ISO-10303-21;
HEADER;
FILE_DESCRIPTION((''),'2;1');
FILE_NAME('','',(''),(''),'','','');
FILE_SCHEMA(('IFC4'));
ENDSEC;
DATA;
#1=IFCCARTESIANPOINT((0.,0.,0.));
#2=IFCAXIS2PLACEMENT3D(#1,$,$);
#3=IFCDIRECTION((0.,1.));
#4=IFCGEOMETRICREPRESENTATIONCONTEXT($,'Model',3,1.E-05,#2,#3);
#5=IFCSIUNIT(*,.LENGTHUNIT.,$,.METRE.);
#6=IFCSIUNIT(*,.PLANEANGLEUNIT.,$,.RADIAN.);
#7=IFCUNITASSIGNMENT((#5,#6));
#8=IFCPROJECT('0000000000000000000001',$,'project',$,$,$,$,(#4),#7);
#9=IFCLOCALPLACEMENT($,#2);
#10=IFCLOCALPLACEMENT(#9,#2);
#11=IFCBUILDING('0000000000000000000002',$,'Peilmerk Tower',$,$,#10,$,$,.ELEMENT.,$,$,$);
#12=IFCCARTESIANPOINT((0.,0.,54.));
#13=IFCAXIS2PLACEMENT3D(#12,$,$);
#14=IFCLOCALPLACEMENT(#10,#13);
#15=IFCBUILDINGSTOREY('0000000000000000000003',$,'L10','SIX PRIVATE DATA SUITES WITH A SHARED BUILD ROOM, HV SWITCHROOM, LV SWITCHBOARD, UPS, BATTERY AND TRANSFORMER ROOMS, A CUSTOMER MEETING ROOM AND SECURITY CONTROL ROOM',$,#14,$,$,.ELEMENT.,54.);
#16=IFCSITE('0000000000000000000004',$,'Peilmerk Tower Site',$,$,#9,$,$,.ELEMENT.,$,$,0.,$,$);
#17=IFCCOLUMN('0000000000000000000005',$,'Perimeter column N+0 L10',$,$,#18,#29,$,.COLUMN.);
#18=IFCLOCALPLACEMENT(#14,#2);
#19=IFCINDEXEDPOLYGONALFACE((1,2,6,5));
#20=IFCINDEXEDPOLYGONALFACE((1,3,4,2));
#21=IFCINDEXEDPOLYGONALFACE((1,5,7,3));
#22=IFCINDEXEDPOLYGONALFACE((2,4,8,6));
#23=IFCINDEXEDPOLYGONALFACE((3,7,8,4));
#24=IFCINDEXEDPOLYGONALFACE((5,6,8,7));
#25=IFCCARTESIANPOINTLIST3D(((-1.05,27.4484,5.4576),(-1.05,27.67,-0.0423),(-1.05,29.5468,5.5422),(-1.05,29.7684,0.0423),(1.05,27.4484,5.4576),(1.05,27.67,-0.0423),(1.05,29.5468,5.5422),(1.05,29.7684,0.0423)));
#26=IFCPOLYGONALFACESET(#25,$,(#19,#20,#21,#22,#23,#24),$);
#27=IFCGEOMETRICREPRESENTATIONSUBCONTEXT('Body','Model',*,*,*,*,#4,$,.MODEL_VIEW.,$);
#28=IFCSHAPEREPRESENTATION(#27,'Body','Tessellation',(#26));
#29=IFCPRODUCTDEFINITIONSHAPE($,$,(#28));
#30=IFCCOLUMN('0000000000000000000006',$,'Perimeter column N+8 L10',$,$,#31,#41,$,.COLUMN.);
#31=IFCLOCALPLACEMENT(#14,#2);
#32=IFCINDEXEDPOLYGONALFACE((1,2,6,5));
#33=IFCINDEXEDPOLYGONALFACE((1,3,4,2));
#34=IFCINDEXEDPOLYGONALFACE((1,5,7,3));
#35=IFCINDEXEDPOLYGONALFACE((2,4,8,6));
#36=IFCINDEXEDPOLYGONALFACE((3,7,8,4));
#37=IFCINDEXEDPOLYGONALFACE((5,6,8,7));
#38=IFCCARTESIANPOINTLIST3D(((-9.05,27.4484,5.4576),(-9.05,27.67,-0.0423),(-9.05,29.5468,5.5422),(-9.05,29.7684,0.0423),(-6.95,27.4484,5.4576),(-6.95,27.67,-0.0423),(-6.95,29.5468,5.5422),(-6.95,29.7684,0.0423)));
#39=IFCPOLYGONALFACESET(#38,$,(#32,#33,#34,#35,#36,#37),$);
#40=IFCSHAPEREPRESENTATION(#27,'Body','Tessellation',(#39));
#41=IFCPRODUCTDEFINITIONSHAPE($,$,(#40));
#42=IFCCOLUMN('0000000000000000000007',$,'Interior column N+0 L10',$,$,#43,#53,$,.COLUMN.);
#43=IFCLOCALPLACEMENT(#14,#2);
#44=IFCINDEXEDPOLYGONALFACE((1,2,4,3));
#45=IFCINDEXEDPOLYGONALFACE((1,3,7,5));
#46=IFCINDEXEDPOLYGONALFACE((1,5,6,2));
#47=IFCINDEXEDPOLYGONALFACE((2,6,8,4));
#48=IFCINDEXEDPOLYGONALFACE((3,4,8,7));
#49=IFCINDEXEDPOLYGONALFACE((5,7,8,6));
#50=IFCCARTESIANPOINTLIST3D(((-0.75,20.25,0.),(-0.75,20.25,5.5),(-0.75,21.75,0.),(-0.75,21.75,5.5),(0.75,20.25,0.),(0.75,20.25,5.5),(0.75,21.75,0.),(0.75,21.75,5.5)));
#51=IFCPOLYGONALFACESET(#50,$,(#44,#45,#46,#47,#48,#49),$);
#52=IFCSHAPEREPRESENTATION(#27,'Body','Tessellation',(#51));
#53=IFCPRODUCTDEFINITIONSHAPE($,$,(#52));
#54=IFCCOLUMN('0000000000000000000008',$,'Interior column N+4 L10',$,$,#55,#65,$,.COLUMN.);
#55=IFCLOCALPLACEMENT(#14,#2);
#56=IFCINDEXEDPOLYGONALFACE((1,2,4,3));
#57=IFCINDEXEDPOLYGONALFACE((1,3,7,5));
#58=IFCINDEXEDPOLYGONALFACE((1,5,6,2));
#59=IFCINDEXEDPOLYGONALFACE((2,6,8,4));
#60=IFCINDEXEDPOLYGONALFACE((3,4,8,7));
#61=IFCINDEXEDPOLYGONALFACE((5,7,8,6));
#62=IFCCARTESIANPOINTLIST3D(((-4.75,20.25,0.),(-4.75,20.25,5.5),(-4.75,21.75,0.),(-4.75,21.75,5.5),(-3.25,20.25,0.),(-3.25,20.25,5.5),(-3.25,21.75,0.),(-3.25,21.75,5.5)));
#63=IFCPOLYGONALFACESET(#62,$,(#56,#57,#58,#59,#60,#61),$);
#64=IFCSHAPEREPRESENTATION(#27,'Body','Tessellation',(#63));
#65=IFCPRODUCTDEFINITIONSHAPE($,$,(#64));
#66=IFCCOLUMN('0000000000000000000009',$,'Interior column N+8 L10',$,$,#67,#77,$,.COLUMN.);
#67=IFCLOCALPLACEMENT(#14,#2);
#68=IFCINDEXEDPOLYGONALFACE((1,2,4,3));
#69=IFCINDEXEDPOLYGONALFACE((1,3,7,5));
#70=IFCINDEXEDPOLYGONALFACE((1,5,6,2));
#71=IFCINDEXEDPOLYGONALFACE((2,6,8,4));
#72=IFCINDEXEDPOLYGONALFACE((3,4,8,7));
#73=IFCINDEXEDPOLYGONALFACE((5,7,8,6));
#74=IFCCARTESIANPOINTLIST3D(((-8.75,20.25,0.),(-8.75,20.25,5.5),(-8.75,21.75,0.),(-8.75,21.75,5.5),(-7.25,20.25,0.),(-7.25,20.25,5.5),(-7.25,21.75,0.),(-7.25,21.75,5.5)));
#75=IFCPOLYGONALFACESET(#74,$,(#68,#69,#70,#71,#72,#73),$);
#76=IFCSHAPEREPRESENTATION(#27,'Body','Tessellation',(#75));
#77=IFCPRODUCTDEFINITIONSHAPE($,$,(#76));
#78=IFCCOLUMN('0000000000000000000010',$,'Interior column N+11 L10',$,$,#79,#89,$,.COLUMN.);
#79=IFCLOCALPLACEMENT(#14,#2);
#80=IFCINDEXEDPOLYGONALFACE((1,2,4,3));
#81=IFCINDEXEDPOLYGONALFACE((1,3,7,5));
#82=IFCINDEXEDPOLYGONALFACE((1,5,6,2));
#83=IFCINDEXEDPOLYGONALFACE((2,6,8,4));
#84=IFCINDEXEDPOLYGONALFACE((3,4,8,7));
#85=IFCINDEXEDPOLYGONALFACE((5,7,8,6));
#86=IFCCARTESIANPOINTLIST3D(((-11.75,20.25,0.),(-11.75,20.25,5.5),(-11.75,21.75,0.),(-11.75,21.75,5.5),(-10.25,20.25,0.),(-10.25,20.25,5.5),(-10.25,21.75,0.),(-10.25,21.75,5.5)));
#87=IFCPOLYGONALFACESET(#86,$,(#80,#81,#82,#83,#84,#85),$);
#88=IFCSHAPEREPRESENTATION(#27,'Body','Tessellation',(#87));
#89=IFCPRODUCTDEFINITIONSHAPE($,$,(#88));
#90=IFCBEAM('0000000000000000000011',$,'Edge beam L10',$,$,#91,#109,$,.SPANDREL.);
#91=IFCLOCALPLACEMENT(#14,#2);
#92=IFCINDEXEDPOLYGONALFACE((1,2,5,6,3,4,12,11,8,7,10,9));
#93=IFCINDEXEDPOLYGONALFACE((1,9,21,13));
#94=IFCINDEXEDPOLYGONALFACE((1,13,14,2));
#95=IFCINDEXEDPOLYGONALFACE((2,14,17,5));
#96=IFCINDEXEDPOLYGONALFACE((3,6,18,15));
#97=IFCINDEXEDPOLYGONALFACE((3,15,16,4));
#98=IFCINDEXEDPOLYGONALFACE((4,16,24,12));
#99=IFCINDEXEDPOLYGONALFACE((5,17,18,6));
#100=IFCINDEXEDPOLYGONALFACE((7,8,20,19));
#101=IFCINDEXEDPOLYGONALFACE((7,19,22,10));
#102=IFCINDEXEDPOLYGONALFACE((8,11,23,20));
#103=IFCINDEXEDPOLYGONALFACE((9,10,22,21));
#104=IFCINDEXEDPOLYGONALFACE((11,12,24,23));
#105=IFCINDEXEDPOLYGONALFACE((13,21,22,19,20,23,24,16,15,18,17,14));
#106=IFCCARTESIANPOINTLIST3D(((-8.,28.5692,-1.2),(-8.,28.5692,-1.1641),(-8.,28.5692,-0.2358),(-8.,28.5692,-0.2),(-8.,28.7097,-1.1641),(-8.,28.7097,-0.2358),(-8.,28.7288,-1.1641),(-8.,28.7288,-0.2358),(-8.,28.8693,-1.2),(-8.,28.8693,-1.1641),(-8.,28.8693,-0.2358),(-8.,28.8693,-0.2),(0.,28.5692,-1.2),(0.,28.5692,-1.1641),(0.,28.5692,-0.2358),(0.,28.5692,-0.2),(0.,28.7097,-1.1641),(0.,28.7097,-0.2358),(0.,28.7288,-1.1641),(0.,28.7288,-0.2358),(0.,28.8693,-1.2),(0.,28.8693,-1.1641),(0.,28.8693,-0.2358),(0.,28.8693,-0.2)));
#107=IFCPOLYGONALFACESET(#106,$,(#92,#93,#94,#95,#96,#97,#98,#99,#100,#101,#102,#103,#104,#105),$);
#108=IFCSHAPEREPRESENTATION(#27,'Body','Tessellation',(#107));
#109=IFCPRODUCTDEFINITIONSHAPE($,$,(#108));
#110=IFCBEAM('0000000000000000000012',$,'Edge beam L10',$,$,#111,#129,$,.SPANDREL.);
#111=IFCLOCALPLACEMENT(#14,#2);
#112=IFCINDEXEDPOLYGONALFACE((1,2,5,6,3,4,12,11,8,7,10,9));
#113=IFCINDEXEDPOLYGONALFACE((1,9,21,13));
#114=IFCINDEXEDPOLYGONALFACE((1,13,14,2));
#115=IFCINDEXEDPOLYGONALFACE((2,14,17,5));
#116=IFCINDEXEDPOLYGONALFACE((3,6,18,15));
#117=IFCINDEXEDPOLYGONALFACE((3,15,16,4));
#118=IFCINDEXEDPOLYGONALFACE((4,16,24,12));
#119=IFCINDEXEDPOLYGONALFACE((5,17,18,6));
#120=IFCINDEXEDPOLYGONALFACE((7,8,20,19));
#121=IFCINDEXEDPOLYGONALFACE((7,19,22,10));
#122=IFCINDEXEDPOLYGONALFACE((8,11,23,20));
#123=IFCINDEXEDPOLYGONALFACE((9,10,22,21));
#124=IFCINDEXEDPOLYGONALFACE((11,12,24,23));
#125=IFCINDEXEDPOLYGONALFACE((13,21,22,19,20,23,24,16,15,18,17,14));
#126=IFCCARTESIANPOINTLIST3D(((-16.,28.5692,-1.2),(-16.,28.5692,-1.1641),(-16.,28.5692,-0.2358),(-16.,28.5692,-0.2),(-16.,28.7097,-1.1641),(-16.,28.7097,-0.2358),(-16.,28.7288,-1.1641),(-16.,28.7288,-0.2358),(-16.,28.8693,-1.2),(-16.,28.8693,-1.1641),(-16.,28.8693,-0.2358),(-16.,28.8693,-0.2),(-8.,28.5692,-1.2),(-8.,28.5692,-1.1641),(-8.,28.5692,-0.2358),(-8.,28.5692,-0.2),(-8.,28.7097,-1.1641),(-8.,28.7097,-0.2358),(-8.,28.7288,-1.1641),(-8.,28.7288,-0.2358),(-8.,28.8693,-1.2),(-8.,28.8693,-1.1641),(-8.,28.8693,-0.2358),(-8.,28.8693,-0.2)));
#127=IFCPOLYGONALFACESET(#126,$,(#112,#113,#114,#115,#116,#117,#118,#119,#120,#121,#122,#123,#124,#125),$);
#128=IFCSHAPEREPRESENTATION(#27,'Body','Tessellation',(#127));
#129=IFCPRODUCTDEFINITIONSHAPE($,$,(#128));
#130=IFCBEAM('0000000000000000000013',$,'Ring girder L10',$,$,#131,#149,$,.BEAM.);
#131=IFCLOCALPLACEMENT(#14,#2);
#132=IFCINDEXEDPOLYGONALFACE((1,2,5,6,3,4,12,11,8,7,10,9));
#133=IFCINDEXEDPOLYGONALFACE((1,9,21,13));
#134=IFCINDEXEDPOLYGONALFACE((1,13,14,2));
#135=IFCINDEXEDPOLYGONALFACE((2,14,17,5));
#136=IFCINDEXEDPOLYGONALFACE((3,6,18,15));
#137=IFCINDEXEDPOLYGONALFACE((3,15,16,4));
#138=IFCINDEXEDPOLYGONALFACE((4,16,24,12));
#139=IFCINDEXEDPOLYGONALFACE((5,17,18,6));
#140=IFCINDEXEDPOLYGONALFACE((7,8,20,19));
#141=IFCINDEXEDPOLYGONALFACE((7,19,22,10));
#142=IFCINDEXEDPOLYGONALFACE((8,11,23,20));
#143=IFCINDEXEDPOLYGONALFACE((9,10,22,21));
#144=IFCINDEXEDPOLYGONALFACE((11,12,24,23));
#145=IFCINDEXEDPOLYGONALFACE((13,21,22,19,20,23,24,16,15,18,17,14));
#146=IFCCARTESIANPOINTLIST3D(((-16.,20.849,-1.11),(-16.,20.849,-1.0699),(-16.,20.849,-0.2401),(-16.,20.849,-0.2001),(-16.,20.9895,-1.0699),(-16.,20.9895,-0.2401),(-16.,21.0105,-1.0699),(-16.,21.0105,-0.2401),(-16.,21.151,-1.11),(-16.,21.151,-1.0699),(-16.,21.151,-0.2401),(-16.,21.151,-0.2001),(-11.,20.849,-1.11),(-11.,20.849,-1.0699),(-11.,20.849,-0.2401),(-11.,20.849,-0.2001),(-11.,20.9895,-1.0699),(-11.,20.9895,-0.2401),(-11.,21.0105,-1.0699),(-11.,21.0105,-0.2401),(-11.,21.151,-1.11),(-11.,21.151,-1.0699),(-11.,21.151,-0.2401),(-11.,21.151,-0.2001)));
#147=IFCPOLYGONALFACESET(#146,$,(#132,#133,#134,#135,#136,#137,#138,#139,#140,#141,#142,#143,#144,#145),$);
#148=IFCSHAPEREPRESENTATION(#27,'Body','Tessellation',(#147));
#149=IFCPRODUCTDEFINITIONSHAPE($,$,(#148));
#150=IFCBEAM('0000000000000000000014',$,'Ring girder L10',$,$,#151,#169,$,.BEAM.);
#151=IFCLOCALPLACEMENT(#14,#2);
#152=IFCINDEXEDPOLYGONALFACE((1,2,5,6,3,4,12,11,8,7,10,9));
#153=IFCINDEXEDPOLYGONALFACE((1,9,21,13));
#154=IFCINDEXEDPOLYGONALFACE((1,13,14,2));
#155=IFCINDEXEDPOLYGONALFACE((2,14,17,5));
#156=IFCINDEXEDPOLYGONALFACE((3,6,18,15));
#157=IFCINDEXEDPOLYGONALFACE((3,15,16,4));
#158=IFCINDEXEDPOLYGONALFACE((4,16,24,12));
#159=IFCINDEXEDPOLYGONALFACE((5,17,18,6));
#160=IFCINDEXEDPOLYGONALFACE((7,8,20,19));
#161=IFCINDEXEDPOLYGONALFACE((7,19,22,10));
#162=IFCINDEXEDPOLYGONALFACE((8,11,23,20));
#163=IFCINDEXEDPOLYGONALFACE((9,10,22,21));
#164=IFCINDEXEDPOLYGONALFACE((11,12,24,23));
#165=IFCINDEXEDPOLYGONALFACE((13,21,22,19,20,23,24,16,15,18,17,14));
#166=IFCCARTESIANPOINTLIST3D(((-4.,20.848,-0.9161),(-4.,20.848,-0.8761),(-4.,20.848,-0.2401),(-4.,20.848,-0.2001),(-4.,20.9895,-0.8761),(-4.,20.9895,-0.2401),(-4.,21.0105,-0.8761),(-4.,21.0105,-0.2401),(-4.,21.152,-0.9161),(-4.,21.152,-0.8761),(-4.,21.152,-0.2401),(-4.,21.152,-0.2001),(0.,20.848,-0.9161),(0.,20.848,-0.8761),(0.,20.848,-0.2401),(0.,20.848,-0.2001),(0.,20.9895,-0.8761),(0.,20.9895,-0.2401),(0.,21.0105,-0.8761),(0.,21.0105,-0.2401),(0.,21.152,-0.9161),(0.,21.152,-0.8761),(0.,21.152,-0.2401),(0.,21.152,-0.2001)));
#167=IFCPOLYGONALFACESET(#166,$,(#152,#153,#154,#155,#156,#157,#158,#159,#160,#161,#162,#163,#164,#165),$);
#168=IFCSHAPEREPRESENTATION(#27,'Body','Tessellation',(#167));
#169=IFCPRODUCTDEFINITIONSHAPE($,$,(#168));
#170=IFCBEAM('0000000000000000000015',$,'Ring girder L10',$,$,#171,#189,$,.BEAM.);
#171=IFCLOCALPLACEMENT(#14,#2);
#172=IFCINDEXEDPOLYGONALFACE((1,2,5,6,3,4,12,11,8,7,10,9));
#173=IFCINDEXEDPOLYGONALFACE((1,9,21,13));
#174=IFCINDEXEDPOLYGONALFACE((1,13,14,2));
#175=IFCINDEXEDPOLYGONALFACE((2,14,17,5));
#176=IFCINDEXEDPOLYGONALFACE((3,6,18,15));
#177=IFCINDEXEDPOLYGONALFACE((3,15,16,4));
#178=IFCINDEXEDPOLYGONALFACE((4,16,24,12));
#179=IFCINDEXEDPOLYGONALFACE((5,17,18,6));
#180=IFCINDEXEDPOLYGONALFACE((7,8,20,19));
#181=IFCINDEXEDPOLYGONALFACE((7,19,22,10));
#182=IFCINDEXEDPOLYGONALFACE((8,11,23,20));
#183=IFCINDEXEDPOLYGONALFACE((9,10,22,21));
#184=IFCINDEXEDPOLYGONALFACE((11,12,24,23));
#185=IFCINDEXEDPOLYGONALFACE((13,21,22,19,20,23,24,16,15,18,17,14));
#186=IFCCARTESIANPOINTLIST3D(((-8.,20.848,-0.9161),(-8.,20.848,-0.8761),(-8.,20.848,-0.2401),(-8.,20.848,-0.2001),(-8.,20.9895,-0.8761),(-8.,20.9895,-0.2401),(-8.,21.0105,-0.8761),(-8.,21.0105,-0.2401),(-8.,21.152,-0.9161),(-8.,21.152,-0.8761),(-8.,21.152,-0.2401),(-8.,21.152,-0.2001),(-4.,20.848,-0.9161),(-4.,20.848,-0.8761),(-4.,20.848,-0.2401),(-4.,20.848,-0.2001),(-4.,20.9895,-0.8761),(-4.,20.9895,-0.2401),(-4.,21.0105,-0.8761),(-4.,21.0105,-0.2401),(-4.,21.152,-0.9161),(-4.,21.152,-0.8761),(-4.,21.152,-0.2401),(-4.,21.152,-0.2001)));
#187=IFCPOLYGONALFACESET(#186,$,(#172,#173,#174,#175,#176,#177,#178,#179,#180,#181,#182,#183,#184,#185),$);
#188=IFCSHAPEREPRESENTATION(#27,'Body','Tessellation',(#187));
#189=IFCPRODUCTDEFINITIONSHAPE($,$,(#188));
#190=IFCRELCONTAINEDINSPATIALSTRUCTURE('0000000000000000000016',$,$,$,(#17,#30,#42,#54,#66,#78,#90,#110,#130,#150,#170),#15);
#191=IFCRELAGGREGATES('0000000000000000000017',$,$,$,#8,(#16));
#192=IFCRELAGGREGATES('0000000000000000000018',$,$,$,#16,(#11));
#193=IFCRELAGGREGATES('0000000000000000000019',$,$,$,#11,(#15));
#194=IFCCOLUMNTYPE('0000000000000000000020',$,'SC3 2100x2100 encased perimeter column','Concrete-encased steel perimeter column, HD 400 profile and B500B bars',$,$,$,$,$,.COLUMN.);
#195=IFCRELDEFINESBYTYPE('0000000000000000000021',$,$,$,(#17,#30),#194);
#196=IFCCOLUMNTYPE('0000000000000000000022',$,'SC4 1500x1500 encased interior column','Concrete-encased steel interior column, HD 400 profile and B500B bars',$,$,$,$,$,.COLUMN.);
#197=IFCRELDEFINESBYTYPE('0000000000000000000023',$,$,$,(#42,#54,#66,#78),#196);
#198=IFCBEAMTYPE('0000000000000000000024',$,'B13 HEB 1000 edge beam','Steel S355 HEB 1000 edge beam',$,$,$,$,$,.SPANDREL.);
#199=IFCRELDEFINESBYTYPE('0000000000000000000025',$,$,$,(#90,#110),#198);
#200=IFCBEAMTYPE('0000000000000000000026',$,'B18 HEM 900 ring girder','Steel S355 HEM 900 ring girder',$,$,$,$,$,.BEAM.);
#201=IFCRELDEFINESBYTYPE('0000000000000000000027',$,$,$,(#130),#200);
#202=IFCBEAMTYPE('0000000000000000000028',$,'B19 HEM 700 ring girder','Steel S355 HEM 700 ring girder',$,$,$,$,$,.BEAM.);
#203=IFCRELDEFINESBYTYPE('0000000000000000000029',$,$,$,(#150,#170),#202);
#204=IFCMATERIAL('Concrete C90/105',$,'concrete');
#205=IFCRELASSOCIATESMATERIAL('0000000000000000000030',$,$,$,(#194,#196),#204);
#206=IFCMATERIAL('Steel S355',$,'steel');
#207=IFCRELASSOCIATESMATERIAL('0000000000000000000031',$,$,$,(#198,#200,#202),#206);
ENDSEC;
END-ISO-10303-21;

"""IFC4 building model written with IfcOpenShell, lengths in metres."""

from ifc_helpers import new_model, si_unit, direction, frame, origin, origin_2d, place, context, subcontext, project, spatial, rectangle, i_section, extrude, material, material_profile, profile_set, type_object, element, save


model = new_model("IFC4")

# Units and contexts
model_context = context("Model", 3, precision=1e-05, world=origin(), true_north=direction((0.0, 1.0)))
body_context = subcontext(model_context, "Body", "Model", "MODEL_VIEW")
ifc_project = project(units=[si_unit("LENGTHUNIT", "METRE"), si_unit("PLANEANGLEUNIT", "RADIAN")], contexts=[model_context])

# Site, building, storey
site_placement = place(None, origin())
site = spatial("IfcSite", under=ifc_project, at=site_placement, Name="Peilmerk Tower Site", CompositionType="ELEMENT", RefElevation=0.0)
building_placement = place(site_placement, origin())
building = spatial("IfcBuilding", under=site, at=building_placement, Name="Peilmerk Tower", CompositionType="ELEMENT")
storey_placement = place(building_placement, frame((0.0, 0.0, 54.0)))
storey = spatial("IfcBuildingStorey", under=building, at=storey_placement, Name="L10", Description="SIX PRIVATE DATA SUITES WITH A SHARED BUILD ROOM, HV SWITCHROOM, LV SWITCHBOARD, UPS, BATTERY AND TRANSFORMER ROOMS, A CUSTOMER MEETING ROOM AND SECURITY CONTROL ROOM", CompositionType="ELEMENT", Elevation=54.0)

# Columns
ifc_material_1 = material(Name="Concrete C90/105", Category="concrete")
ifc_material_profile_1 = material_profile(ifc_material_1, rectangle(XDim=2.1001, YDim=2.1001, at=origin_2d()), Name="RC 2100x2100")
ifc_profile_set_1 = profile_set([ifc_material_profile_1], Name="Concrete C90/105")
column_type_1 = type_object("IfcColumnType", Name="SC3 2100x2100 encased perimeter column", Description="Concrete-encased steel perimeter column, HD 400 profile and B500B bars", PredefinedType="COLUMN", material=ifc_profile_set_1)
for number, where, z_axis, x_axis, name in (
    (1, (0.0, 28.7192, 0.0), (0.0, -0.040273, 0.999189), (1.0, 0.0, 0.0), "Perimeter column N+0 L10"),
    (2, (-8.0, 28.7192, 0.0), (0.0, -0.040273, 0.999189), (1.0, 0.0, 0.0), "Perimeter column N+8 L10"),
):
    element("IfcColumn", number, at=place(storey_placement, frame(where, z_axis=z_axis, x_axis=x_axis)), inside=storey, type_object=column_type_1, Name=name, PredefinedType="COLUMN", context=body_context, shape_type="SweptSolid", body=[
        extrude(rectangle(XDim=2.1001, YDim=2.1001, at=origin_2d()), origin(), (0.0, 0.0, 1.0), 5.5044),
    ])
ifc_material_profile_2 = material_profile(ifc_material_1, rectangle(XDim=1.5, YDim=1.5, at=origin_2d()), Name="RC 1500x1500")
ifc_profile_set_2 = profile_set([ifc_material_profile_2], Name="Concrete C90/105")
column_type_2 = type_object("IfcColumnType", Name="SC4 1500x1500 encased interior column", Description="Concrete-encased steel interior column, HD 400 profile and B500B bars", PredefinedType="COLUMN", material=ifc_profile_set_2)
for number, where, z_axis, x_axis, name in (
    (3, (0.0, 21.0, 0.0), (0.0, 0.0, 1.0), (1.0, 0.0, 0.0), "Interior column N+0 L10"),
    (4, (-4.0, 21.0, 0.0), (0.0, 0.0, 1.0), (1.0, 0.0, 0.0), "Interior column N+4 L10"),
    (5, (-8.0, 21.0, 0.0), (0.0, 0.0, 1.0), (1.0, 0.0, 0.0), "Interior column N+8 L10"),
    (6, (-11.0, 21.0, 0.0), (0.0, 0.0, 1.0), (1.0, 0.0, 0.0), "Interior column N+11 L10"),
):
    element("IfcColumn", number, at=place(storey_placement, frame(where, z_axis=z_axis, x_axis=x_axis)), inside=storey, type_object=column_type_2, Name=name, PredefinedType="COLUMN", context=body_context, shape_type="SweptSolid", body=[
        extrude(rectangle(XDim=1.5, YDim=1.5, at=origin_2d()), origin(), (0.0, 0.0, 1.0), 5.5),
    ])

# Beams
ifc_material_2 = material(Name="Steel S355", Category="steel")
ifc_material_profile_3 = material_profile(ifc_material_2, i_section(OverallWidth=0.3, OverallDepth=1.0, WebThickness=0.019, FlangeThickness=0.0359, at=origin_2d()), Name="HEB 1000")
ifc_profile_set_3 = profile_set([ifc_material_profile_3], Name="Steel S355")
beam_type_1 = type_object("IfcBeamType", Name="B13 HEB 1000 edge beam", Description="Steel S355 HEB 1000 edge beam", PredefinedType="SPANDREL", material=ifc_profile_set_3)
for number, where, z_axis, x_axis, name in (
    (7, (0.0, 28.7192, -0.7), (-1.0, 0.0, 0.0), (0.0, -1.0, 0.0), "Edge beam L10"),
    (8, (-8.0, 28.7192, -0.7), (-1.0, 0.0, 0.0), (0.0, -1.0, 0.0), "Edge beam L10"),
):
    element("IfcBeam", number, at=place(storey_placement, frame(where, z_axis=z_axis, x_axis=x_axis)), inside=storey, type_object=beam_type_1, Name=name, PredefinedType="SPANDREL", context=body_context, shape_type="SweptSolid", body=[
        extrude(i_section(OverallWidth=0.3, OverallDepth=1.0, WebThickness=0.019, FlangeThickness=0.0359, at=origin_2d()), origin(), (0.0, 0.0, 1.0), 8.0),
    ])
ifc_material_profile_4 = material_profile(ifc_material_2, i_section(OverallWidth=0.302, OverallDepth=0.9099, WebThickness=0.021, FlangeThickness=0.04, at=origin_2d()), Name="HEM 900")
ifc_profile_set_4 = profile_set([ifc_material_profile_4], Name="Steel S355")
beam_type_2 = type_object("IfcBeamType", Name="B18 HEM 900 ring girder", Description="Steel S355 HEM 900 ring girder", PredefinedType="BEAM", material=ifc_profile_set_4)
beam_1_placement = place(storey_placement, frame((-11.0, 21.0, -0.655), z_axis=(-1.0, 0.0, 0.0), x_axis=(0.0, -1.0, 0.0)))
element("IfcBeam", 9, at=beam_1_placement, inside=storey, type_object=beam_type_2, Name="Ring girder L10", PredefinedType="BEAM", context=body_context, shape_type="SweptSolid", body=[
    extrude(i_section(OverallWidth=0.302, OverallDepth=0.9099, WebThickness=0.021, FlangeThickness=0.04, at=origin_2d()), origin(), (0.0, 0.0, 1.0), 5.0),
])
ifc_material_profile_5 = material_profile(ifc_material_2, i_section(OverallWidth=0.304, OverallDepth=0.7161, WebThickness=0.021, FlangeThickness=0.04, at=origin_2d()), Name="HEM 700")
ifc_profile_set_5 = profile_set([ifc_material_profile_5], Name="Steel S355")
beam_type_3 = type_object("IfcBeamType", Name="B19 HEM 700 ring girder", Description="Steel S355 HEM 700 ring girder", PredefinedType="BEAM", material=ifc_profile_set_5)
for number, where, z_axis, x_axis, name in (
    (10, (0.0, 21.0, -0.5581), (-1.0, 0.0, 0.0), (0.0, -1.0, 0.0), "Ring girder L10"),
    (11, (-4.0, 21.0, -0.5581), (-1.0, 0.0, 0.0), (0.0, -1.0, 0.0), "Ring girder L10"),
):
    element("IfcBeam", number, at=place(storey_placement, frame(where, z_axis=z_axis, x_axis=x_axis)), inside=storey, type_object=beam_type_3, Name=name, PredefinedType="BEAM", context=body_context, shape_type="SweptSolid", body=[
        extrude(i_section(OverallWidth=0.304, OverallDepth=0.7161, WebThickness=0.021, FlangeThickness=0.04, at=origin_2d()), origin(), (0.0, 0.0, 1.0), 4.0),
    ])

save(model, "model.ifc")
